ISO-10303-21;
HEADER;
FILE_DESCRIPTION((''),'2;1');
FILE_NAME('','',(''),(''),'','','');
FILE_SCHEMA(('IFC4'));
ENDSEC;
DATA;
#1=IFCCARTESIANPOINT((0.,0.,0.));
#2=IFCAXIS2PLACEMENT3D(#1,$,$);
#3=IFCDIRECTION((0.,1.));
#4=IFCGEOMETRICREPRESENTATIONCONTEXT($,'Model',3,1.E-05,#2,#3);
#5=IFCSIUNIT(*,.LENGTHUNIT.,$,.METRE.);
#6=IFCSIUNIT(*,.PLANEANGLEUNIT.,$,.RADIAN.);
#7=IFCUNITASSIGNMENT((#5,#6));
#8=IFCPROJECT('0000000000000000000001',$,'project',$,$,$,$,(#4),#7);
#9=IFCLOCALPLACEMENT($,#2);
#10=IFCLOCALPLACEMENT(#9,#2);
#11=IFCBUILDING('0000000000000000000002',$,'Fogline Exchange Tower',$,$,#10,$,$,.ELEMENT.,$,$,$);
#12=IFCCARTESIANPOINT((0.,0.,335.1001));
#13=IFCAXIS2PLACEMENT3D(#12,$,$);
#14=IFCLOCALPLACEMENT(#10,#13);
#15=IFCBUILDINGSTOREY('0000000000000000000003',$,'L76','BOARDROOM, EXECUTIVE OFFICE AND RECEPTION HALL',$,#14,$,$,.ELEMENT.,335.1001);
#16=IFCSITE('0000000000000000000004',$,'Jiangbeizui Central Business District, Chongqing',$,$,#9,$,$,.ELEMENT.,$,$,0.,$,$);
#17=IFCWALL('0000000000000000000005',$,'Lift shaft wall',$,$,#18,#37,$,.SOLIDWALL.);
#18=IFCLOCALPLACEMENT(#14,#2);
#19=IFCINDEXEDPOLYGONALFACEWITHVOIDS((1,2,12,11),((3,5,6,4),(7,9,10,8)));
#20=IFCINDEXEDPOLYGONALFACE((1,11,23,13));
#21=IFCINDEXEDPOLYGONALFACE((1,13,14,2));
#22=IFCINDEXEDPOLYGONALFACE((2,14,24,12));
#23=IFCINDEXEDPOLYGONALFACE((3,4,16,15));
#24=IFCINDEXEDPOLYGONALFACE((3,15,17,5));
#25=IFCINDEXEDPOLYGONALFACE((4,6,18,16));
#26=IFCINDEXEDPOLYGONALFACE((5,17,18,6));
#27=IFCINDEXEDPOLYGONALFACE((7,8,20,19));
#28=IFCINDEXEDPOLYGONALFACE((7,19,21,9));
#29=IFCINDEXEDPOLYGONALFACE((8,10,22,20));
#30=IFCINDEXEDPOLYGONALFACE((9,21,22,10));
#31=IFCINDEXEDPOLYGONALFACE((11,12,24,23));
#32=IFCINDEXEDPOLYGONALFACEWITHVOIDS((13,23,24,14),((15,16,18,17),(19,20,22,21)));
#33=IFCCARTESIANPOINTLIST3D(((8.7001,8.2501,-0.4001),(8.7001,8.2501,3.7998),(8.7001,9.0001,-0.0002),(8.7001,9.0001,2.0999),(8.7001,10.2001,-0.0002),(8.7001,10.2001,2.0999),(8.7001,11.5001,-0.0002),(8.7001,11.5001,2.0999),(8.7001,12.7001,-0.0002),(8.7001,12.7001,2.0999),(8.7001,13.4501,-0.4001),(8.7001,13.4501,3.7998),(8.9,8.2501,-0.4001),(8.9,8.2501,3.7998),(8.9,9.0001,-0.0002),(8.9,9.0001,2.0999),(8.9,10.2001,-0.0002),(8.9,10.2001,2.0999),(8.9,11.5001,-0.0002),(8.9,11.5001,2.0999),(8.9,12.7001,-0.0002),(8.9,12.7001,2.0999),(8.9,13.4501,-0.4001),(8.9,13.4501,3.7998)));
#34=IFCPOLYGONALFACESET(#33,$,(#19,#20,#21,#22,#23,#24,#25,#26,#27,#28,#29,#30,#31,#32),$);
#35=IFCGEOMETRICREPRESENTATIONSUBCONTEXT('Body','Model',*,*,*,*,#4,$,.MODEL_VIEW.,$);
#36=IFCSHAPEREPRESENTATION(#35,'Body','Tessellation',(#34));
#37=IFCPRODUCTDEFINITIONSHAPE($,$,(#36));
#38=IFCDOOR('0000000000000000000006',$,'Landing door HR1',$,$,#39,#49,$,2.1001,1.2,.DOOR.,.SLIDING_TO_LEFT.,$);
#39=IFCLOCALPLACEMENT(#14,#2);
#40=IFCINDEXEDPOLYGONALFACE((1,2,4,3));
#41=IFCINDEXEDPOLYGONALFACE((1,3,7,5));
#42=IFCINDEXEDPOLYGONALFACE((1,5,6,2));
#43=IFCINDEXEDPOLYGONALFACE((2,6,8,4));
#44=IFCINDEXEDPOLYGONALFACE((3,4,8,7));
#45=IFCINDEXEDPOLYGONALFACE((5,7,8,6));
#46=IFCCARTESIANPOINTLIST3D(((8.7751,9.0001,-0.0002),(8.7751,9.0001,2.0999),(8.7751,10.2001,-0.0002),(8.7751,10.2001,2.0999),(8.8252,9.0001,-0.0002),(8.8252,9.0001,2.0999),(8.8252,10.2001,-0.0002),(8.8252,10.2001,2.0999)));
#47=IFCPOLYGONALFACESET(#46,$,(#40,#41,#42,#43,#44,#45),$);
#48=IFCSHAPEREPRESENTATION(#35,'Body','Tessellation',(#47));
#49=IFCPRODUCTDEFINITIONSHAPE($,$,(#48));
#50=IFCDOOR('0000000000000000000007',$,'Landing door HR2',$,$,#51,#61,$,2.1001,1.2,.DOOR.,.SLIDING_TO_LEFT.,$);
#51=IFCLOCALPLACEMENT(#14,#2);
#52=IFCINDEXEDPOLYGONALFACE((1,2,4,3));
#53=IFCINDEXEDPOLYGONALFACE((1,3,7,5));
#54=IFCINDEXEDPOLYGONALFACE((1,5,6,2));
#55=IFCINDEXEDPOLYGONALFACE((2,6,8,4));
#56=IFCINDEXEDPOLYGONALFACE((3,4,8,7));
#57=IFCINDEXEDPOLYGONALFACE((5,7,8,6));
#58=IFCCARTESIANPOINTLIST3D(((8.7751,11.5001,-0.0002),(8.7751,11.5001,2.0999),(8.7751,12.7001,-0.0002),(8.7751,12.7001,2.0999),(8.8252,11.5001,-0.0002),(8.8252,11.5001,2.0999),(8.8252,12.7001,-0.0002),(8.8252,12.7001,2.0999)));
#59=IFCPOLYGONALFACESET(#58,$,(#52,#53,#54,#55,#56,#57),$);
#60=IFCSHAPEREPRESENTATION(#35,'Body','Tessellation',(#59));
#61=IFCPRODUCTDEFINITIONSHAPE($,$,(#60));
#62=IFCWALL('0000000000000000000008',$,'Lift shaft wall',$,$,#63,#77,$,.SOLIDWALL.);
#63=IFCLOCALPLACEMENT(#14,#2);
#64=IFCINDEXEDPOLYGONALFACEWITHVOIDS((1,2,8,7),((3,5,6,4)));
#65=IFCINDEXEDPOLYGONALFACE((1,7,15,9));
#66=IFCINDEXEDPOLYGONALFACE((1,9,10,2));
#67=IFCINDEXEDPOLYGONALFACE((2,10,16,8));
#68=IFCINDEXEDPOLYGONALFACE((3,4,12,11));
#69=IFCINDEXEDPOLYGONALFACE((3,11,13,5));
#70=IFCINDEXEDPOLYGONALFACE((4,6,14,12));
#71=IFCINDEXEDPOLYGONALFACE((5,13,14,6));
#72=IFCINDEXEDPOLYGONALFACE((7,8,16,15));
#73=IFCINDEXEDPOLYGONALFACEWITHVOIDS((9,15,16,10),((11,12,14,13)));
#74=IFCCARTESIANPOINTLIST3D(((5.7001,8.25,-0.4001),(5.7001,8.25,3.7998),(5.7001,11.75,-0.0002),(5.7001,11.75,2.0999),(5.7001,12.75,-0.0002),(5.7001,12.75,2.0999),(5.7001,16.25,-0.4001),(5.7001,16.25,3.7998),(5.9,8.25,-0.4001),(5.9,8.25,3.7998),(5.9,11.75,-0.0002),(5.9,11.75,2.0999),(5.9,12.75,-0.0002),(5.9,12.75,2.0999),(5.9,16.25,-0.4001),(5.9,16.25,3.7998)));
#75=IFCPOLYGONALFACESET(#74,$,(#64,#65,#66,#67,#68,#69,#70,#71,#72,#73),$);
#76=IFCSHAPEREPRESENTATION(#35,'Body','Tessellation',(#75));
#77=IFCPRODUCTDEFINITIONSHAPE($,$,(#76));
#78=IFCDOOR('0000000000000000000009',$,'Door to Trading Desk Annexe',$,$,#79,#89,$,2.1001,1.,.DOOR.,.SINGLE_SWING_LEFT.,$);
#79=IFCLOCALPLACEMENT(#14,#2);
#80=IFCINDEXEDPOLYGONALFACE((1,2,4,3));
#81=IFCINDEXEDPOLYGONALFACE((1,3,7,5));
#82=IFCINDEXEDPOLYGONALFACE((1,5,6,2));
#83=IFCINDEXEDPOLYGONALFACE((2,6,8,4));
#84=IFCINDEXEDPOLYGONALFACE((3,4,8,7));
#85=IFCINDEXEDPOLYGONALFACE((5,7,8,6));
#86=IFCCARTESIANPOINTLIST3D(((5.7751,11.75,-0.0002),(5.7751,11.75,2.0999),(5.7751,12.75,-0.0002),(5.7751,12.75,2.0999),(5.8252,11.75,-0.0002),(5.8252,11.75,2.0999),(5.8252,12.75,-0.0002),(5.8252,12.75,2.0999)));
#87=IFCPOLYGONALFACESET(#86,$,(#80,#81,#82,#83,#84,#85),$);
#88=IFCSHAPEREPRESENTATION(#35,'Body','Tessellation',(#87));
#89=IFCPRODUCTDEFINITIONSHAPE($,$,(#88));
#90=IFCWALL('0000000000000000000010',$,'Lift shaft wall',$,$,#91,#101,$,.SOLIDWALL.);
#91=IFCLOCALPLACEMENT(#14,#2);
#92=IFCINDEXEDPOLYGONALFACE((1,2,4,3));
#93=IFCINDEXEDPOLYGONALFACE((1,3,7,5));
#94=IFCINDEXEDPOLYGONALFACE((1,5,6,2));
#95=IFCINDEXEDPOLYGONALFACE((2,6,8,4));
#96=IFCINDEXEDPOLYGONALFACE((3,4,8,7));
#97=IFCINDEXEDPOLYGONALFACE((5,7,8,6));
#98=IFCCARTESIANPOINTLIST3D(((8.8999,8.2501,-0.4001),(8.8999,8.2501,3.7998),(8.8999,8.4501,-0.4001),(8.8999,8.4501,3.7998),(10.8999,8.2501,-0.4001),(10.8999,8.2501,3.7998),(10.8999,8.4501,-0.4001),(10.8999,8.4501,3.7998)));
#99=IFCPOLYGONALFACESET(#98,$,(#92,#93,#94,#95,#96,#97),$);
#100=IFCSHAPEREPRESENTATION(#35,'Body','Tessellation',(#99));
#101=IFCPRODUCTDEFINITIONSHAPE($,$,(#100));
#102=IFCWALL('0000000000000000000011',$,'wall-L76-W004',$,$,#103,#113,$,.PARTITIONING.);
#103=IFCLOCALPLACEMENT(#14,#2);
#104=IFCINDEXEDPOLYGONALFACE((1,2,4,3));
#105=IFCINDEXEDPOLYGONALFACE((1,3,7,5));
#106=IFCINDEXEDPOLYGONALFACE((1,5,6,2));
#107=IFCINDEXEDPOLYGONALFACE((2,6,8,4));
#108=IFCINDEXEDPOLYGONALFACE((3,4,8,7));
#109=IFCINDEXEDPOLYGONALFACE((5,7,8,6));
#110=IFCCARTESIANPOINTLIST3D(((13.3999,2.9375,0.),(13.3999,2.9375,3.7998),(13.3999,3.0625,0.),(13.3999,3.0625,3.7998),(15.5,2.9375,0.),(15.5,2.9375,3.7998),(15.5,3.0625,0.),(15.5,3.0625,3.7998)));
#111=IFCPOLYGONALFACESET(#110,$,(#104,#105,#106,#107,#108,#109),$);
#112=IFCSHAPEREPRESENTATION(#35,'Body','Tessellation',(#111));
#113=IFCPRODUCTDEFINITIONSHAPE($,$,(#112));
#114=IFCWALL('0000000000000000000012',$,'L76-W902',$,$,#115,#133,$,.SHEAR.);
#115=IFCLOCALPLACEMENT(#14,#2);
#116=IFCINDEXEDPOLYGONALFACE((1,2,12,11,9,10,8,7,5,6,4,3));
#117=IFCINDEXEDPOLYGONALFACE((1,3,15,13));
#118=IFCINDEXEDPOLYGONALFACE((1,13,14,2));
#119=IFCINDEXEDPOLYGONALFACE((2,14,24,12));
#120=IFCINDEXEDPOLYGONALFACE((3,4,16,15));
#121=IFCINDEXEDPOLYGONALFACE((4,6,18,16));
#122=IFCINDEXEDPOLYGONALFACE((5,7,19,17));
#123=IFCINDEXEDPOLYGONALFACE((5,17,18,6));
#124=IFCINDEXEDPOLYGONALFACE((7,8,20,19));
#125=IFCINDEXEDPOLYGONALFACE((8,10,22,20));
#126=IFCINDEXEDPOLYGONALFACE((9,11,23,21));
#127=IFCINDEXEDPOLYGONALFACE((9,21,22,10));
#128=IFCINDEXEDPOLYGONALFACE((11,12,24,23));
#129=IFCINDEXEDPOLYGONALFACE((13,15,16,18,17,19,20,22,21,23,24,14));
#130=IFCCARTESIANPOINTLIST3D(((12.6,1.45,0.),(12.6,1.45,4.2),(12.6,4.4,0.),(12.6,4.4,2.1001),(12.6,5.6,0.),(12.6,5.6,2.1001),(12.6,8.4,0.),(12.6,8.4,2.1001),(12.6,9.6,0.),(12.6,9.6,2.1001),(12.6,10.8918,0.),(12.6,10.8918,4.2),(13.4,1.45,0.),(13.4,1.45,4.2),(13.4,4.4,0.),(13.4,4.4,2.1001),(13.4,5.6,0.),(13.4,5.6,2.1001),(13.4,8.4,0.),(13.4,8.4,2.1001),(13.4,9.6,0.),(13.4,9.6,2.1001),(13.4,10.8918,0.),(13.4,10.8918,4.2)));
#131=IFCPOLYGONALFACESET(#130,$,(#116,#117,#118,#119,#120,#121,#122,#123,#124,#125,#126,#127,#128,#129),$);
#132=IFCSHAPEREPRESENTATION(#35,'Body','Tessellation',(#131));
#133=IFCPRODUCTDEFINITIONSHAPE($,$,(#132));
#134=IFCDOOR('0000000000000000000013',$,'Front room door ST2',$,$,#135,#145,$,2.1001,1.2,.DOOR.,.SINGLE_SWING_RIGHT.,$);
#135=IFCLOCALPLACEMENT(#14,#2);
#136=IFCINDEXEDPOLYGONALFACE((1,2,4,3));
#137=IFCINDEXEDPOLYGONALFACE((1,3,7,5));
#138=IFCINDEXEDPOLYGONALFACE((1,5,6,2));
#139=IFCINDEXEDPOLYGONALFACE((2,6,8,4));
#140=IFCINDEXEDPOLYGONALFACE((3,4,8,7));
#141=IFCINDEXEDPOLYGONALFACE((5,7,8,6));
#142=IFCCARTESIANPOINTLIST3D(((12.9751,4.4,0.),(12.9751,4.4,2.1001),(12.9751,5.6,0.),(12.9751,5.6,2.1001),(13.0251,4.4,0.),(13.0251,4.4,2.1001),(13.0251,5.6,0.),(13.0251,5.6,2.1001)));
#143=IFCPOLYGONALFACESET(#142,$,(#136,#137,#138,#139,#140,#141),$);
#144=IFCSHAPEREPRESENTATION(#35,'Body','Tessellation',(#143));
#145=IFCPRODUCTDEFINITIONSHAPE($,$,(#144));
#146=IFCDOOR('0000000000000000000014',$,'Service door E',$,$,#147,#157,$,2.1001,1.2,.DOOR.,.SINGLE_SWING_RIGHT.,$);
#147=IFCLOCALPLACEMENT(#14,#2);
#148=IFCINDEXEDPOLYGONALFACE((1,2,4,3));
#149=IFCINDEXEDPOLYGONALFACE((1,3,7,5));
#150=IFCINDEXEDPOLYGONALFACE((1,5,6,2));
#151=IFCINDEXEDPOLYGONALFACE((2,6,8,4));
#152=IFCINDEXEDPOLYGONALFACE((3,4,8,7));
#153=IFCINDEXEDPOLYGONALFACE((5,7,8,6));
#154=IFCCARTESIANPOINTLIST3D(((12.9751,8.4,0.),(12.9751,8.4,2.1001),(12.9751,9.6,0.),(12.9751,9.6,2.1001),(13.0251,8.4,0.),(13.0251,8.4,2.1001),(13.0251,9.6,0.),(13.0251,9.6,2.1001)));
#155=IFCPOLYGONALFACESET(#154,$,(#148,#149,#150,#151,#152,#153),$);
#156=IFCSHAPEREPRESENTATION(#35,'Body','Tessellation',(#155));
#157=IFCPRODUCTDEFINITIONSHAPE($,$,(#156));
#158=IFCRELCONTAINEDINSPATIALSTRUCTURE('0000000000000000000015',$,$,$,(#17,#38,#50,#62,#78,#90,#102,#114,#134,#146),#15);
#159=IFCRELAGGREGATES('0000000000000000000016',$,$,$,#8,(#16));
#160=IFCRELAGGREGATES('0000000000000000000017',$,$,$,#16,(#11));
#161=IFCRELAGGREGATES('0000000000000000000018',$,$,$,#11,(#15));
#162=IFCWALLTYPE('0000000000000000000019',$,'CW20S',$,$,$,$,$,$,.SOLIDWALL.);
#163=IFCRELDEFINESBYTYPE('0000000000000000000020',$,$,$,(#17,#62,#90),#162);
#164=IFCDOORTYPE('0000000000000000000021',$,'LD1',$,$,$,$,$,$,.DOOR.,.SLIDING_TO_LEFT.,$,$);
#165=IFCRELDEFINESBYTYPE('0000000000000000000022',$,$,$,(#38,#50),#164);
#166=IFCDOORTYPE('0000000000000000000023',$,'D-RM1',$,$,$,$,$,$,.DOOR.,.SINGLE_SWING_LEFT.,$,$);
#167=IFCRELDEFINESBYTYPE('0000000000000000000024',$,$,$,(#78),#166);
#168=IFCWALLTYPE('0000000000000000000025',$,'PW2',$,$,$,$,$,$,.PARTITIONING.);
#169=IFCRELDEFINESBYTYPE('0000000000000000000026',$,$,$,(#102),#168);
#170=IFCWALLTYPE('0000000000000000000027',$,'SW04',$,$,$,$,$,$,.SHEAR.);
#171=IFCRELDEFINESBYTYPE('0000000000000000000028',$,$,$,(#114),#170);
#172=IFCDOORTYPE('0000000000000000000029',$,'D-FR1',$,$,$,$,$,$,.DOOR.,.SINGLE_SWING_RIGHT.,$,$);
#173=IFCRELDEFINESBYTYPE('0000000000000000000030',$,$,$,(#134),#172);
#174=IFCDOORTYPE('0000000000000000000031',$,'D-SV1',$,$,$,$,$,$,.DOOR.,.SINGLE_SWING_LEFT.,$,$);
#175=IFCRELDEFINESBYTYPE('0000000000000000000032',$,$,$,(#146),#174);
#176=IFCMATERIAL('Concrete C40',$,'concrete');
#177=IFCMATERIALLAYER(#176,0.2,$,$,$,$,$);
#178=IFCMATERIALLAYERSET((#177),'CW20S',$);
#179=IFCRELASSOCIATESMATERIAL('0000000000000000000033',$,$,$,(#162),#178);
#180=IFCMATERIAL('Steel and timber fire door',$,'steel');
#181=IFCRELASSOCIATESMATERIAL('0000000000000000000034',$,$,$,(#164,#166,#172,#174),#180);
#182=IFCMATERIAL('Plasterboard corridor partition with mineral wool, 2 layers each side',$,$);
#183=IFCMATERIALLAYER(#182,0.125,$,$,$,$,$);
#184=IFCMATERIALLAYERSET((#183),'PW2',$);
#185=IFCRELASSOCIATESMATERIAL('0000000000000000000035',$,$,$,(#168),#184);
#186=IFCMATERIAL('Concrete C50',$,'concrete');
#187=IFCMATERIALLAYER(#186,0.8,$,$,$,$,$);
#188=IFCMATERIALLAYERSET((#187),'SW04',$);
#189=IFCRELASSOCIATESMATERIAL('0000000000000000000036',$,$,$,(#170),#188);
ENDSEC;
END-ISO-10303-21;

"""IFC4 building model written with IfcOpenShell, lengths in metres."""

from ifc_helpers import new_model, si_unit, direction, frame, frame_2d, origin, place, context, subcontext, project, spatial, rectangle, extrude, material, layer, layer_set, type_object, element, fill, save


model = new_model("IFC4")

# Units and contexts
model_context = context("Model", 3, precision=1e-05, world=origin(), true_north=direction((0.0, 1.0)))
body_context = subcontext(model_context, "Body", "Model", "MODEL_VIEW")
ifc_project = project(units=[si_unit("LENGTHUNIT", "METRE"), si_unit("PLANEANGLEUNIT", "RADIAN")], contexts=[model_context])

# Site, building, storey
site_placement = place(None, origin())
site = spatial("IfcSite", under=ifc_project, at=site_placement, Name="Jiangbeizui Central Business District, Chongqing", CompositionType="ELEMENT", RefElevation=0.0)
building_placement = place(site_placement, origin())
building = spatial("IfcBuilding", under=site, at=building_placement, Name="Fogline Exchange Tower", CompositionType="ELEMENT")
storey_placement = place(building_placement, frame((0.0, 0.0, 335.1001)))
storey = spatial("IfcBuildingStorey", under=building, at=storey_placement, Name="L76", Description="BOARDROOM, EXECUTIVE OFFICE AND RECEPTION HALL", CompositionType="ELEMENT", Elevation=335.1001)

# Shared definitions
ifc_material_1 = material(Name="Concrete C40", Category="concrete")

# Shared definitions
ifc_material_2 = material(Name="Steel and timber fire door", Category="steel")

# Wall, openings, doors
ifc_layer_1 = layer(ifc_material_1, 0.2)
ifc_layer_set_1 = layer_set([ifc_layer_1], Name="CW20S")
wall_type_1 = type_object("IfcWallType", Name="CW20S", PredefinedType="SOLIDWALL", material=ifc_layer_set_1)
wall_1_placement = place(storey_placement, frame((8.8, 8.25, -0.4001), z_axis=(0.0, 0.0, 1.0), x_axis=(0.0, 1.0, 0.0)))
wall_1 = element("IfcWall", 1, at=wall_1_placement, inside=storey, type_object=wall_type_1, Name="Lift shaft wall", PredefinedType="SOLIDWALL", context=body_context, shape_type="SweptSolid", body=[
    extrude(rectangle(XDim=5.2, YDim=0.2, at=frame_2d((2.6001, 0.0))), origin(), (0.0, 0.0, 1.0), 4.2),
])
opening_1_placement = place(wall_1_placement, frame((0.75, 0.0, 0.3999)))
opening_1 = element("IfcOpeningElement", 2, at=opening_1_placement, cuts=wall_1, PredefinedType="OPENING", context=body_context, shape_type="SweptSolid", body=[
    extrude(rectangle(XDim=1.2, YDim=2.1001, at=frame_2d((0.6001, 1.05))), frame((0.0, 0.1099, 0.0), z_axis=(0.0, -1.0, 0.0), x_axis=(1.0, 0.0, 0.0)), (0.0, 0.0, 1.0), 0.22),
])
opening_2_placement = place(wall_1_placement, frame((3.25, 0.0, 0.3999)))
opening_2 = element("IfcOpeningElement", 3, at=opening_2_placement, cuts=wall_1, PredefinedType="OPENING", context=body_context, shape_type="SweptSolid", body=[
    extrude(rectangle(XDim=1.2, YDim=2.1001, at=frame_2d((0.6001, 1.05))), frame((0.0, 0.1099, 0.0), z_axis=(0.0, -1.0, 0.0), x_axis=(1.0, 0.0, 0.0)), (0.0, 0.0, 1.0), 0.22),
])
door_type_1 = type_object("IfcDoorType", Name="LD1", OperationType="SLIDING_TO_LEFT", PredefinedType="DOOR", material=ifc_material_2)
door_1_placement = place(opening_1_placement, origin())
door_1 = element("IfcDoor", 4, at=door_1_placement, inside=storey, type_object=door_type_1, Name="Landing door HR1", OperationType="SLIDING_TO_LEFT", OverallHeight=2.1001, OverallWidth=1.2, PredefinedType="DOOR", context=body_context, shape_type="SweptSolid", body=[
    extrude(rectangle(XDim=1.2, YDim=2.1001, at=frame_2d((0.6001, 1.05))), frame((0.0, 0.0249, 0.0), z_axis=(0.0, -1.0, 0.0), x_axis=(1.0, 0.0, 0.0)), (0.0, 0.0, 1.0), 0.05),
])
fill(opening_1, door_1)
door_2_placement = place(opening_2_placement, origin())
door_2 = element("IfcDoor", 5, at=door_2_placement, inside=storey, type_object=door_type_1, Name="Landing door HR2", OperationType="SLIDING_TO_LEFT", OverallHeight=2.1001, OverallWidth=1.2, PredefinedType="DOOR", context=body_context, shape_type="SweptSolid", body=[
    extrude(rectangle(XDim=1.2, YDim=2.1001, at=frame_2d((0.6001, 1.05))), frame((0.0, 0.0249, 0.0), z_axis=(0.0, -1.0, 0.0), x_axis=(1.0, 0.0, 0.0)), (0.0, 0.0, 1.0), 0.05),
])
fill(opening_2, door_2)

# Wall, opening, door
wall_2_placement = place(storey_placement, frame((5.8, 8.25, -0.4001), z_axis=(0.0, 0.0, 1.0), x_axis=(0.0, 1.0, 0.0)))
wall_2 = element("IfcWall", 6, at=wall_2_placement, inside=storey, type_object=wall_type_1, Name="Lift shaft wall", PredefinedType="SOLIDWALL", context=body_context, shape_type="SweptSolid", body=[
    extrude(rectangle(XDim=8.0, YDim=0.2, at=frame_2d((4.0, 0.0))), origin(), (0.0, 0.0, 1.0), 4.2),
])
opening_3_placement = place(wall_2_placement, frame((3.5, 0.0, 0.3999)))
opening_3 = element("IfcOpeningElement", 7, at=opening_3_placement, cuts=wall_2, PredefinedType="OPENING", context=body_context, shape_type="SweptSolid", body=[
    extrude(rectangle(XDim=1.0, YDim=2.1001, at=frame_2d((0.5, 1.05))), frame((0.0, 0.1099, 0.0), z_axis=(0.0, -1.0, 0.0), x_axis=(1.0, 0.0, 0.0)), (0.0, 0.0, 1.0), 0.22),
])
door_type_2 = type_object("IfcDoorType", Name="D-RM1", OperationType="SINGLE_SWING_LEFT", PredefinedType="DOOR", material=ifc_material_2)
door_3_placement = place(opening_3_placement, origin())
door_3 = element("IfcDoor", 8, at=door_3_placement, inside=storey, type_object=door_type_2, Name="Door to Trading Desk Annexe", OperationType="SINGLE_SWING_LEFT", OverallHeight=2.1001, OverallWidth=1.0, PredefinedType="DOOR", context=body_context, shape_type="SweptSolid", body=[
    extrude(rectangle(XDim=1.0, YDim=2.1001, at=frame_2d((0.5, 1.05))), frame((0.0, 0.0249, 0.0), z_axis=(0.0, -1.0, 0.0), x_axis=(1.0, 0.0, 0.0)), (0.0, 0.0, 1.0), 0.05),
])
fill(opening_3, door_3)

# Walls
wall_3_placement = place(storey_placement, frame((8.8999, 8.3501, -0.4001), z_axis=(0.0, 0.0, 1.0), x_axis=(1.0, 0.0, 0.0)))
element("IfcWall", 9, at=wall_3_placement, inside=storey, type_object=wall_type_1, Name="Lift shaft wall", PredefinedType="SOLIDWALL", context=body_context, shape_type="SweptSolid", body=[
    extrude(rectangle(XDim=2.0, YDim=0.2, at=frame_2d((1.0, 0.0))), origin(), (0.0, 0.0, 1.0), 4.2),
])
ifc_material_3 = material(Name="Plasterboard corridor partition with mineral wool, 2 layers each side")
ifc_layer_2 = layer(ifc_material_3, 0.125)
ifc_layer_set_2 = layer_set([ifc_layer_2], Name="PW2")
wall_type_2 = type_object("IfcWallType", Name="PW2", PredefinedType="PARTITIONING", material=ifc_layer_set_2)
wall_4_placement = place(storey_placement, frame((15.5, 3.0, 0.0), z_axis=(0.0, 0.0, 1.0), x_axis=(-1.0, 0.0, 0.0)))
element("IfcWall", 10, at=wall_4_placement, inside=storey, type_object=wall_type_2, Name="wall-L76-W004", PredefinedType="PARTITIONING", context=body_context, shape_type="SweptSolid", body=[
    extrude(rectangle(XDim=2.1001, YDim=0.125, at=frame_2d((1.05, 0.0))), origin(), (0.0, 0.0, 1.0), 3.7998),
])

# Wall, openings, doors
ifc_material_4 = material(Name="Concrete C50", Category="concrete")
ifc_layer_3 = layer(ifc_material_4, 0.8)
ifc_layer_set_3 = layer_set([ifc_layer_3], Name="SW04")
wall_type_3 = type_object("IfcWallType", Name="SW04", PredefinedType="SHEAR", material=ifc_layer_set_3)
wall_5_placement = place(storey_placement, frame((13.0, 1.45, 0.0), z_axis=(0.0, 0.0, 1.0), x_axis=(0.0, 1.0, 0.0)))
wall_5 = element("IfcWall", 11, at=wall_5_placement, inside=storey, type_object=wall_type_3, Name="L76-W902", PredefinedType="SHEAR", context=body_context, shape_type="SweptSolid", body=[
    extrude(rectangle(XDim=9.4419, YDim=0.8, at=frame_2d((4.7209, 0.0))), origin(), (0.0, 0.0, 1.0), 4.2),
])
opening_4_placement = place(wall_5_placement, frame((2.95, 0.0, 0.0)))
opening_4 = element("IfcOpeningElement", 12, at=opening_4_placement, cuts=wall_5, PredefinedType="OPENING", context=body_context, shape_type="SweptSolid", body=[
    extrude(rectangle(XDim=1.2, YDim=2.1001, at=frame_2d((0.6001, 1.05))), frame((0.0, 0.4102, 0.0), z_axis=(0.0, -1.0, 0.0), x_axis=(1.0, 0.0, 0.0)), (0.0, 0.0, 1.0), 0.8201),
])
opening_5_placement = place(wall_5_placement, frame((6.95, 0.0, 0.0)))
opening_5 = element("IfcOpeningElement", 13, at=opening_5_placement, cuts=wall_5, PredefinedType="OPENING", context=body_context, shape_type="SweptSolid", body=[
    extrude(rectangle(XDim=1.2, YDim=2.1001, at=frame_2d((0.6001, 1.05))), frame((0.0, 0.4102, 0.0), z_axis=(0.0, -1.0, 0.0), x_axis=(1.0, 0.0, 0.0)), (0.0, 0.0, 1.0), 0.8201),
])
door_type_3 = type_object("IfcDoorType", Name="D-FR1", OperationType="SINGLE_SWING_RIGHT", PredefinedType="DOOR", material=ifc_material_2)
door_4_placement = place(opening_4_placement, origin())
door_4 = element("IfcDoor", 14, at=door_4_placement, inside=storey, type_object=door_type_3, Name="Front room door ST2", OperationType="SINGLE_SWING_RIGHT", OverallHeight=2.1001, OverallWidth=1.2, PredefinedType="DOOR", context=body_context, shape_type="SweptSolid", body=[
    extrude(rectangle(XDim=1.2, YDim=2.1001, at=frame_2d((0.6001, 1.05))), frame((0.0, 0.0249, 0.0), z_axis=(0.0, -1.0, 0.0), x_axis=(1.0, 0.0, 0.0)), (0.0, 0.0, 1.0), 0.05),
])
fill(opening_4, door_4)
door_type_4 = type_object("IfcDoorType", Name="D-SV1", OperationType="SINGLE_SWING_LEFT", PredefinedType="DOOR", material=ifc_material_2)
door_5_placement = place(opening_5_placement, origin())
door_5 = element("IfcDoor", 15, at=door_5_placement, inside=storey, type_object=door_type_4, Name="Service door E", OperationType="SINGLE_SWING_RIGHT", OverallHeight=2.1001, OverallWidth=1.2, PredefinedType="DOOR", context=body_context, shape_type="SweptSolid", body=[
    extrude(rectangle(XDim=1.2, YDim=2.1001, at=frame_2d((0.6001, 1.05))), frame((0.0, 0.0249, 0.0), z_axis=(0.0, -1.0, 0.0), x_axis=(1.0, 0.0, 0.0)), (0.0, 0.0, 1.0), 0.05),
])
fill(opening_5, door_5)

save(model, "model.ifc")
